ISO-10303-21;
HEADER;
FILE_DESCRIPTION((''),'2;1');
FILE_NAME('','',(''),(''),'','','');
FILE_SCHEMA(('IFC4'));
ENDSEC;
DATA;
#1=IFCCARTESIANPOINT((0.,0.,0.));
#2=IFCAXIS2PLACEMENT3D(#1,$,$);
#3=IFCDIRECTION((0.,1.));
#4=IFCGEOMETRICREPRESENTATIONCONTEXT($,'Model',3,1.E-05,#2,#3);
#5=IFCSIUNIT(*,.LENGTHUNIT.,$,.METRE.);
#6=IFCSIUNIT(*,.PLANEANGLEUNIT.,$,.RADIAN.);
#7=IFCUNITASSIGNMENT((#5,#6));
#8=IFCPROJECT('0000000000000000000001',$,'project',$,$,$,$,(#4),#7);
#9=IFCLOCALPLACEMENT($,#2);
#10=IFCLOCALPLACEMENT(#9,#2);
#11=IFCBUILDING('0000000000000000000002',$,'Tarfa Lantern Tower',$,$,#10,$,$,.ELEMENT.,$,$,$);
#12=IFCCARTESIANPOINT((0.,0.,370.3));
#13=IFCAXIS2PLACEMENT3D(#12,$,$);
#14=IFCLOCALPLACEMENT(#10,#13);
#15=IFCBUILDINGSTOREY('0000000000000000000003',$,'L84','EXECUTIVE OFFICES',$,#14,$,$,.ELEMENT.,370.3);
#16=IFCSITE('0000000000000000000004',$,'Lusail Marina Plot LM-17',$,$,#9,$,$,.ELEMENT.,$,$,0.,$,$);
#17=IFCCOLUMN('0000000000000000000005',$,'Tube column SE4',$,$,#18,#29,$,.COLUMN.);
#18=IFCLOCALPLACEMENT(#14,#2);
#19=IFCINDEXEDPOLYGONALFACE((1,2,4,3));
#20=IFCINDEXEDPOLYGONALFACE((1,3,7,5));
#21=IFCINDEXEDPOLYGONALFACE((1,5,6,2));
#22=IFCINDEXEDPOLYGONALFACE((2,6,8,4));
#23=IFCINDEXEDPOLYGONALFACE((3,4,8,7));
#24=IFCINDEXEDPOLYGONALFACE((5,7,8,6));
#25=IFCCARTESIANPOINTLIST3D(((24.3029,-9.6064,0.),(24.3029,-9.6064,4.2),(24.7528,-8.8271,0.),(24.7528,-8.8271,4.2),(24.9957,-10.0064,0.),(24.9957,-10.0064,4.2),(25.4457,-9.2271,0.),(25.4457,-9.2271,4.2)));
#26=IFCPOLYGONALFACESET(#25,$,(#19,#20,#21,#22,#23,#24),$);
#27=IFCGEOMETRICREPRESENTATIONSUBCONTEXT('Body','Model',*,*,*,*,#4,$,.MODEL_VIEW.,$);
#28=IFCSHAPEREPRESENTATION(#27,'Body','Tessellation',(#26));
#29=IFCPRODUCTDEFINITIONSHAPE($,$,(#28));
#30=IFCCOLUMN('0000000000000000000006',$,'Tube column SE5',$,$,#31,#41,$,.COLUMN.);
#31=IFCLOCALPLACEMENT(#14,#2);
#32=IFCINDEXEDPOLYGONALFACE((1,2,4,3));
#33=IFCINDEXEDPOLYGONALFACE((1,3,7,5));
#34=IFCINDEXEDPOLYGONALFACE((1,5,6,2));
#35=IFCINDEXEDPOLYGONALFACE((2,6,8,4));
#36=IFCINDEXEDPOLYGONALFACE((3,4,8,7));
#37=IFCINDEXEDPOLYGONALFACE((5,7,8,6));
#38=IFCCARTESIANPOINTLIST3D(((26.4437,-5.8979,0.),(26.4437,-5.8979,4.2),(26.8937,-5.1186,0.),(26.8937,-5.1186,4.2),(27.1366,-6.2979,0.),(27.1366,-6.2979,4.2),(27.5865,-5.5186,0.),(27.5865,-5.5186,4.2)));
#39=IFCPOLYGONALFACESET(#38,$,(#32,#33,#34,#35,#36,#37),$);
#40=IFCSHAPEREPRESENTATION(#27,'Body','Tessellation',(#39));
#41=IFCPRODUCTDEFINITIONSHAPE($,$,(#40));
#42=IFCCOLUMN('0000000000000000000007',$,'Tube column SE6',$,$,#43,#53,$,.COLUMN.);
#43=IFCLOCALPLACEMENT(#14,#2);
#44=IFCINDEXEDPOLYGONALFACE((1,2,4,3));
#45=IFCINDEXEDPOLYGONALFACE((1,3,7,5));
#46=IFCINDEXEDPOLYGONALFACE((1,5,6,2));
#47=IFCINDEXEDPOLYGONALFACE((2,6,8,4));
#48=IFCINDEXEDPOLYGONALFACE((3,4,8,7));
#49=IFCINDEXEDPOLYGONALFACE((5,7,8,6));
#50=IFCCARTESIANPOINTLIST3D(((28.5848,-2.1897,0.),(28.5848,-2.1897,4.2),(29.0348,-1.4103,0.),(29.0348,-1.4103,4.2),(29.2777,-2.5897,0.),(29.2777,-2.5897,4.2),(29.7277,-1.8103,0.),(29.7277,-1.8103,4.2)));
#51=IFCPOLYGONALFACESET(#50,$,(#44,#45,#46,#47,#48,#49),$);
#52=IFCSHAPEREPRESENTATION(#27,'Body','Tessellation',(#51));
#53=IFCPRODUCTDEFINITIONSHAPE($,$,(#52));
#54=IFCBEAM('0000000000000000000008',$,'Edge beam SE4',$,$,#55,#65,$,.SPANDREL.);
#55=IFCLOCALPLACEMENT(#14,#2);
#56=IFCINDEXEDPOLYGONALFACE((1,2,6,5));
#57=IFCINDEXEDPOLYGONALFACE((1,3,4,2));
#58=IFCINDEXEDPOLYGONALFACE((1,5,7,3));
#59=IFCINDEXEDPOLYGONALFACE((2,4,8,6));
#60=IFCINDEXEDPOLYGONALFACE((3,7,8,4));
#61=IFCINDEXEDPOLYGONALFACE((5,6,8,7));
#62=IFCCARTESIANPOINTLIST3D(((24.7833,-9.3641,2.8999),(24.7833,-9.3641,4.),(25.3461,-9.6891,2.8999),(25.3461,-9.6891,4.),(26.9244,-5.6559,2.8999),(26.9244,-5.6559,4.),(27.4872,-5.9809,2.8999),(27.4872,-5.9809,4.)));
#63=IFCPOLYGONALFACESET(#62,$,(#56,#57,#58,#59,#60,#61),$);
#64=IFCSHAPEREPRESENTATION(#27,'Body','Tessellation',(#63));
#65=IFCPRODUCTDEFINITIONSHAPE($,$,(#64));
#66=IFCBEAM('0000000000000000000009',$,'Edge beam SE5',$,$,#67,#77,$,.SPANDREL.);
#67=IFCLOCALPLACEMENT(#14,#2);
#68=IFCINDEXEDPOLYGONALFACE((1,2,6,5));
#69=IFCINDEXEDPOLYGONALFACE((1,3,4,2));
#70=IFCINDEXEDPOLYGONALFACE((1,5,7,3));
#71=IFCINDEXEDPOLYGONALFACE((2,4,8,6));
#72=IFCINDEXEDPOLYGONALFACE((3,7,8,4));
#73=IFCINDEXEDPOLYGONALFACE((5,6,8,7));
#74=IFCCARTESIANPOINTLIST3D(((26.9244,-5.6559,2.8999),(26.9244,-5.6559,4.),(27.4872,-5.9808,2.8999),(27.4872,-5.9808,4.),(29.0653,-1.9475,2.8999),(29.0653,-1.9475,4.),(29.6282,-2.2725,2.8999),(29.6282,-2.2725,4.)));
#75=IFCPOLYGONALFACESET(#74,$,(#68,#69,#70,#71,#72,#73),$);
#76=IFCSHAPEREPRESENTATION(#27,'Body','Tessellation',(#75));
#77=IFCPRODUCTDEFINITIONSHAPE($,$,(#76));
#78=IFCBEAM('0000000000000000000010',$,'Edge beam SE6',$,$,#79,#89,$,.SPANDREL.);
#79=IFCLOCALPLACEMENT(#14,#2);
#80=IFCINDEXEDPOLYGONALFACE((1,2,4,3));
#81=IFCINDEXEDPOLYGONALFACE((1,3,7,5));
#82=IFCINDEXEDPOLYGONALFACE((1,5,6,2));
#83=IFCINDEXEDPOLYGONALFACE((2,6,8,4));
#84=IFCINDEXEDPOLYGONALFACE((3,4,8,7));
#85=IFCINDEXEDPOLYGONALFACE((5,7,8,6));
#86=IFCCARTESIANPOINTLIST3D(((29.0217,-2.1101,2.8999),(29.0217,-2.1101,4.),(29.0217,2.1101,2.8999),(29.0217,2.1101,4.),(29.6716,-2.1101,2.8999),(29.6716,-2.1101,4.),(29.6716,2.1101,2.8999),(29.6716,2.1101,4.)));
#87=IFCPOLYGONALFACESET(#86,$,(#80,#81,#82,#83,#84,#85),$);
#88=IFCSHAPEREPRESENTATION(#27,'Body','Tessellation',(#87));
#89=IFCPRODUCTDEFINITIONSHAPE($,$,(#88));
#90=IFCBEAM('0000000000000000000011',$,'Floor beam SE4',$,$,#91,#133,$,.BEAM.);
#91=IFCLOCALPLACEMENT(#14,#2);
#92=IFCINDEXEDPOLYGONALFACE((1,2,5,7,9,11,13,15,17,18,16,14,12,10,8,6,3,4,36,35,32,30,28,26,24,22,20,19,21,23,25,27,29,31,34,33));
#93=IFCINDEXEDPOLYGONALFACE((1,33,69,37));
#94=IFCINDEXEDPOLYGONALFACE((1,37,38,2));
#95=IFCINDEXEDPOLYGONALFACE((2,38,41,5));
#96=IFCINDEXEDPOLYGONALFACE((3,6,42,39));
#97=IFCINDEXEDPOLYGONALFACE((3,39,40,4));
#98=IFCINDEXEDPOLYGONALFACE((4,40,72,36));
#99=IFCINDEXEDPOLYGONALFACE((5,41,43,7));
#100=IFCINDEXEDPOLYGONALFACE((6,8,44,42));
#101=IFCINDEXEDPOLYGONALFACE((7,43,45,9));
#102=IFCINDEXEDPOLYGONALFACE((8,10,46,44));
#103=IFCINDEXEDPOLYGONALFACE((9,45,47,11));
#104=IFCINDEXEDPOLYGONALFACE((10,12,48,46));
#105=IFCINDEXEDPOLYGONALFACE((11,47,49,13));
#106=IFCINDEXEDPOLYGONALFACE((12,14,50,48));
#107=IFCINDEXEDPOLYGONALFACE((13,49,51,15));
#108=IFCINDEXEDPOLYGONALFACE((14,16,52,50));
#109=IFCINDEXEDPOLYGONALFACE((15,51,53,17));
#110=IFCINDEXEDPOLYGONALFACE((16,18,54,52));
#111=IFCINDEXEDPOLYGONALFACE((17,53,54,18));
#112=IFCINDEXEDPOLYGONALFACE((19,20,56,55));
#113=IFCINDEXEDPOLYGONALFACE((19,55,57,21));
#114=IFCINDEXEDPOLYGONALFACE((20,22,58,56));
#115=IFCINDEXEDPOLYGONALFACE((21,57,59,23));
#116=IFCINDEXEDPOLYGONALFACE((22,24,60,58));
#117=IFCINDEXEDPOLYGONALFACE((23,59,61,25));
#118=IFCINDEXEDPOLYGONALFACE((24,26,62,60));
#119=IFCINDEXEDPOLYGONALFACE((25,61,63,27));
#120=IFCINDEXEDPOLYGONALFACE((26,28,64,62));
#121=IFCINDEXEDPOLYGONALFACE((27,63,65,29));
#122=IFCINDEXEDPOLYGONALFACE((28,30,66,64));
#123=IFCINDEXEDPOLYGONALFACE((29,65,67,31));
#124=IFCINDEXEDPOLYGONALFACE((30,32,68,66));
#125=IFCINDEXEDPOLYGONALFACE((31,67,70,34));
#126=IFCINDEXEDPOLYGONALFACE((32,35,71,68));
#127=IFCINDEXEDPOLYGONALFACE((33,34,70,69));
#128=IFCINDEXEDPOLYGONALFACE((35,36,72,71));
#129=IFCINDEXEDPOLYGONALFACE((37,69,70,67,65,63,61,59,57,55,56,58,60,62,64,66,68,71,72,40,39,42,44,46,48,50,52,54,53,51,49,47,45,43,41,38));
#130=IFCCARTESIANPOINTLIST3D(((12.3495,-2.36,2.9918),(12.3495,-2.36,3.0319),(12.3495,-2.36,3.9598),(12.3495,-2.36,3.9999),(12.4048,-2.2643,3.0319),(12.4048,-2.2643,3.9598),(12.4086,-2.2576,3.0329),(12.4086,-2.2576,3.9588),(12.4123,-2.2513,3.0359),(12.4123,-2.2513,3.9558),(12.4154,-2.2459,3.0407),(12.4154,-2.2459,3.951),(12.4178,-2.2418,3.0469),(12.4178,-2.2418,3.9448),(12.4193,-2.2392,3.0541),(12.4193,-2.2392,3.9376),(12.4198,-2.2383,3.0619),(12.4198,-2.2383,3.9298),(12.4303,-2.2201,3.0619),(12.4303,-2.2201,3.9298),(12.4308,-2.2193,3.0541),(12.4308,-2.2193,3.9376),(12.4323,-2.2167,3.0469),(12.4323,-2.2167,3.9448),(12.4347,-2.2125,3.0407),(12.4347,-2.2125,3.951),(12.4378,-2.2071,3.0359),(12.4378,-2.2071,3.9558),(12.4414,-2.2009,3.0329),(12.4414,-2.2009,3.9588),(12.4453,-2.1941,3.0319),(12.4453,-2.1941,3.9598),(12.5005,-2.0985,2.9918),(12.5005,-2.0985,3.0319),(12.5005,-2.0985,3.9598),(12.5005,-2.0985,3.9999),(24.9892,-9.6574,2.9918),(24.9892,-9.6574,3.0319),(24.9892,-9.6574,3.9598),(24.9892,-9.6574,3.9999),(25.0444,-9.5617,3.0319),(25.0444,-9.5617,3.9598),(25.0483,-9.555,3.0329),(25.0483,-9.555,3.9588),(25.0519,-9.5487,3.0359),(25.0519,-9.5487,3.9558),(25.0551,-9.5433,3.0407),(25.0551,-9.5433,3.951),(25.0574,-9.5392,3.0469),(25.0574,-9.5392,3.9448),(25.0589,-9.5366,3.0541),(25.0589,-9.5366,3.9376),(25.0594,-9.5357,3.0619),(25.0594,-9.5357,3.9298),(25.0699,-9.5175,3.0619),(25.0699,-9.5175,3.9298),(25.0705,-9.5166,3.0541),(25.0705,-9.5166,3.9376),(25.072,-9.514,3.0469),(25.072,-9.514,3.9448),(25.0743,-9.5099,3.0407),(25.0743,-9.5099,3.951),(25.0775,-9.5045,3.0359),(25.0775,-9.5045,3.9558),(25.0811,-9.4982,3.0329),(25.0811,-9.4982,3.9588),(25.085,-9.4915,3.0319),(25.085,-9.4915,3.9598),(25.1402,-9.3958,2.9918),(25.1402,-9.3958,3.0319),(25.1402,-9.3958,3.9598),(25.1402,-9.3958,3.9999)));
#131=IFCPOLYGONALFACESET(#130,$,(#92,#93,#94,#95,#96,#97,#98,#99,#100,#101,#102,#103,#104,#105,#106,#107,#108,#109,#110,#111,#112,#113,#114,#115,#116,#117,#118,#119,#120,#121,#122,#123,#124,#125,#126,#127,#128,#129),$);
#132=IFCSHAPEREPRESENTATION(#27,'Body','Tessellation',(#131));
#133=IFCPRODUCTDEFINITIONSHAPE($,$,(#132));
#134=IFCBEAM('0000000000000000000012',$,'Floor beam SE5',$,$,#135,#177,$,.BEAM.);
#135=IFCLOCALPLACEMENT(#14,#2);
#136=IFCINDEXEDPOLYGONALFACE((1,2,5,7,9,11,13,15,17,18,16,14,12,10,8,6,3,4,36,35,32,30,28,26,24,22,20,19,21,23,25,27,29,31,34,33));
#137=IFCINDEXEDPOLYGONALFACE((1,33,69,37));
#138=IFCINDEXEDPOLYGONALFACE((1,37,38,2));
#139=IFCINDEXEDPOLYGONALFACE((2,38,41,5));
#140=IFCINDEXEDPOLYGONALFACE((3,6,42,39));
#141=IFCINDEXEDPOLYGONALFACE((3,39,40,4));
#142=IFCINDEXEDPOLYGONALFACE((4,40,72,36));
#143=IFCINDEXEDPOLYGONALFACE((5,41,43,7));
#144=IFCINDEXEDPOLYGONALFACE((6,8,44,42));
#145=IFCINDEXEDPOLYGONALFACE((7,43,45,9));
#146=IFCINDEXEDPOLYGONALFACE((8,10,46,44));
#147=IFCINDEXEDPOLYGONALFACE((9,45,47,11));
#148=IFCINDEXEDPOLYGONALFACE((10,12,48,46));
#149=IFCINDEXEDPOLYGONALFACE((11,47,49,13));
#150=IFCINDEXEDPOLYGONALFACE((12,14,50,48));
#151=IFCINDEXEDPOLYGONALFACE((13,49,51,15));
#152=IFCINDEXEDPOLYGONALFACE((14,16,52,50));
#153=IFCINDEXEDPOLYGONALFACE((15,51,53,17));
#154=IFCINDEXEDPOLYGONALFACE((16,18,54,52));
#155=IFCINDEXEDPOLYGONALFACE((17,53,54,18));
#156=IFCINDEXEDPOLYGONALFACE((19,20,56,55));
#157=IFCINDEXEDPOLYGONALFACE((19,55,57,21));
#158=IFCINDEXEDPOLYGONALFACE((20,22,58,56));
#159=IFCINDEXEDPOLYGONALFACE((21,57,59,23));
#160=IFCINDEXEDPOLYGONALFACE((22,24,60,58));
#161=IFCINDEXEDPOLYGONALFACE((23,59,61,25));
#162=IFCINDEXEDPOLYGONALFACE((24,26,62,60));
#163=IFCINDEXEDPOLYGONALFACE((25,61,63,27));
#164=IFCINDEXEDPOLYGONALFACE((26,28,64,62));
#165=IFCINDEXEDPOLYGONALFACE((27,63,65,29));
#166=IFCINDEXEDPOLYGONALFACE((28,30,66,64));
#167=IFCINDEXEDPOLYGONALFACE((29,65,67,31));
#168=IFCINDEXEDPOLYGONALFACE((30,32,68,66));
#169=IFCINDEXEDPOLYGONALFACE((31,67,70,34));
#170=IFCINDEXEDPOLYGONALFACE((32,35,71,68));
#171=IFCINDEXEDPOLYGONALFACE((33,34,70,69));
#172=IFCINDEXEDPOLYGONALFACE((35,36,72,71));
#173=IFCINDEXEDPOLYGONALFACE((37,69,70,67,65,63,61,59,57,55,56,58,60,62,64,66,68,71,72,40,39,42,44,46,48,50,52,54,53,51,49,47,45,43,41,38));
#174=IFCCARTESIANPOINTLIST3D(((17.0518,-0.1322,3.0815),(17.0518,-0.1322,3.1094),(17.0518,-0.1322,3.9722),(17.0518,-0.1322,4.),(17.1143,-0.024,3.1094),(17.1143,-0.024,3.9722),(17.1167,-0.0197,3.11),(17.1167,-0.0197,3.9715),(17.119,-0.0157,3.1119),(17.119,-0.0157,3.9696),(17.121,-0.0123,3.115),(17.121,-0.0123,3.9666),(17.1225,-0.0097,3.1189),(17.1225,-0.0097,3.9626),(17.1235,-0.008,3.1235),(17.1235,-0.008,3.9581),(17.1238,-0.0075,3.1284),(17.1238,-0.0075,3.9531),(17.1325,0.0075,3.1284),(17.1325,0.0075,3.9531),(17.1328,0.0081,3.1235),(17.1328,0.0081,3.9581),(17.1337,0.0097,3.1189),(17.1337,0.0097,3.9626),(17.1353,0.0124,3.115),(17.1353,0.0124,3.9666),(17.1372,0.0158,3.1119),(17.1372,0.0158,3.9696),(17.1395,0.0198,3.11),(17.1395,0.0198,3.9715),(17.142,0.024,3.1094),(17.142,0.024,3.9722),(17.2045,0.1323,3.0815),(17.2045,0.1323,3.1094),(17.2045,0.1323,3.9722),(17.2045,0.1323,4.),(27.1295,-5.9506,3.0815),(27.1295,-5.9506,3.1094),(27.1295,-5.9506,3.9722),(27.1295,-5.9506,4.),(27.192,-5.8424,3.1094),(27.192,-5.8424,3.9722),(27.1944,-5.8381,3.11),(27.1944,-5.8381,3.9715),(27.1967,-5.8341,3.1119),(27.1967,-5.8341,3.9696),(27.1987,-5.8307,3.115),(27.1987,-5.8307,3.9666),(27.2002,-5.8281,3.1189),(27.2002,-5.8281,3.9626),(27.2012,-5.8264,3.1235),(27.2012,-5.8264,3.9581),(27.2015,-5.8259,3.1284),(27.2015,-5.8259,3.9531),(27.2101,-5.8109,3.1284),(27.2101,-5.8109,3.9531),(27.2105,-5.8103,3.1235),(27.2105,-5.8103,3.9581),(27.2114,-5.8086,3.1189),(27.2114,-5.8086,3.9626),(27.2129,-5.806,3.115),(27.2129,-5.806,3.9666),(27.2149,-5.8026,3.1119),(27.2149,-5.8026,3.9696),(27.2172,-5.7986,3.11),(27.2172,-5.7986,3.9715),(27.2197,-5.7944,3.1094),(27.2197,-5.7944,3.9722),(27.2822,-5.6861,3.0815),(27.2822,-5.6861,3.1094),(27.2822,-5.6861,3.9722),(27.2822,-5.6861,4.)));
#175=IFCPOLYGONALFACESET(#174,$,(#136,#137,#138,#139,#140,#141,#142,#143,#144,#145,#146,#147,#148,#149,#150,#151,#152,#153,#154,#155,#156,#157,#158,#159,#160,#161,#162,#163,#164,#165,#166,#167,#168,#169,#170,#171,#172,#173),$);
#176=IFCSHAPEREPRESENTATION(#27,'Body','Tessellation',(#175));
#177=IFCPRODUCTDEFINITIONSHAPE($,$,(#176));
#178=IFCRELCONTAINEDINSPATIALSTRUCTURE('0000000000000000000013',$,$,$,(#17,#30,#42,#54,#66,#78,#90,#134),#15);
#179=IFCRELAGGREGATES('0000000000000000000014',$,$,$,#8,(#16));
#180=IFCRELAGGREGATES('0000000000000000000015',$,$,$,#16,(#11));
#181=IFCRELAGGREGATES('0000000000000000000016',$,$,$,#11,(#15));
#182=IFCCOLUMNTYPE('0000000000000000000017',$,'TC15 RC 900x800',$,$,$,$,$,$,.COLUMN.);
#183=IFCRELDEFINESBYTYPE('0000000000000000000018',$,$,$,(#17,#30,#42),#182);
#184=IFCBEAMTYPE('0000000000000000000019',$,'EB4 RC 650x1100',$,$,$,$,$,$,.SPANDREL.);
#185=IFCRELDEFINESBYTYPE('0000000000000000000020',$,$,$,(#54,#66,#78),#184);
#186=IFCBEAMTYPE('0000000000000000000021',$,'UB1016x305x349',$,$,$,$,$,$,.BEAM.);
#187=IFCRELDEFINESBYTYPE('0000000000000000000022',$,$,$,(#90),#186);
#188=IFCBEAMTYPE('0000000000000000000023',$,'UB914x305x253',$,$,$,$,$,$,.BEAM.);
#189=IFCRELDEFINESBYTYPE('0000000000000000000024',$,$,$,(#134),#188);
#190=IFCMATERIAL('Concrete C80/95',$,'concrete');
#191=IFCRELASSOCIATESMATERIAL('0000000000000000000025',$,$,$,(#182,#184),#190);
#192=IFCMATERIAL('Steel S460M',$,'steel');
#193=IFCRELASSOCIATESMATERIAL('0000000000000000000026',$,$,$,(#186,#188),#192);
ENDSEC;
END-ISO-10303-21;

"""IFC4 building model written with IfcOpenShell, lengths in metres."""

from ifc_helpers import new_model, si_unit, direction, frame, origin, origin_2d, place, context, subcontext, project, spatial, rectangle, i_section, extrude, material, material_profile, profile_set, type_object, element, save


model = new_model("IFC4")

# Units and contexts
model_context = context("Model", 3, precision=1e-05, world=origin(), true_north=direction((0.0, 1.0)))
body_context = subcontext(model_context, "Body", "Model", "MODEL_VIEW")
ifc_project = project(units=[si_unit("LENGTHUNIT", "METRE"), si_unit("PLANEANGLEUNIT", "RADIAN")], contexts=[model_context])

# Site, building, storey
site_placement = place(None, origin())
site = spatial("IfcSite", under=ifc_project, at=site_placement, Name="Lusail Marina Plot LM-17", CompositionType="ELEMENT", RefElevation=0.0)
building_placement = place(site_placement, origin())
building = spatial("IfcBuilding", under=site, at=building_placement, Name="Tarfa Lantern Tower", CompositionType="ELEMENT")
storey_placement = place(building_placement, frame((0.0, 0.0, 370.3)))
storey = spatial("IfcBuildingStorey", under=building, at=storey_placement, Name="L84", Description="EXECUTIVE OFFICES", CompositionType="ELEMENT", Elevation=370.3)

# Columns
ifc_material_1 = material(Name="Concrete C80/95", Category="concrete")
ifc_material_profile_1 = material_profile(ifc_material_1, rectangle(XDim=0.8999, YDim=0.8, at=origin_2d()), Name="RC 900x800")
ifc_profile_set_1 = profile_set([ifc_material_profile_1], Name="Concrete C80/95")
column_type = type_object("IfcColumnType", Name="TC15 RC 900x800", PredefinedType="COLUMN", material=ifc_profile_set_1)
for number, where, z_axis, x_axis, name in (
    (1, (24.8743, -9.4167, 0.0), (0.0, 0.0, 1.0), (0.5, 0.866025, 0.0), "Tube column SE4"),
    (2, (27.0151, -5.7083, 0.0), (0.0, 0.0, 1.0), (0.5, 0.866025, 0.0), "Tube column SE5"),
    (3, (29.1562, -2.0, 0.0), (0.0, 0.0, 1.0), (0.5, 0.866025, 0.0), "Tube column SE6"),
):
    element("IfcColumn", number, at=place(storey_placement, frame(where, z_axis=z_axis, x_axis=x_axis)), inside=storey, type_object=column_type, Name=name, PredefinedType="COLUMN", context=body_context, shape_type="SweptSolid", body=[
        extrude(rectangle(XDim=0.8999, YDim=0.8, at=origin_2d()), origin(), (0.0, 0.0, 1.0), 4.2),
    ])

# Beams
ifc_material_profile_2 = material_profile(ifc_material_1, rectangle(XDim=0.6499, YDim=1.1001, at=origin_2d()), Name="RC 650x1100")
ifc_profile_set_2 = profile_set([ifc_material_profile_2], Name="Concrete C80/95")
beam_type_1 = type_object("IfcBeamType", Name="EB4 RC 650x1100", PredefinedType="SPANDREL", material=ifc_profile_set_2)
for number, where, z_axis, x_axis, name in (
    (4, (25.0647, -9.5266, 3.45), (0.500027, 0.86601, 0.0), (-0.86601, 0.500027, 0.0), "Edge beam SE4"),
    (5, (27.2058, -5.8184, 3.45), (0.499984, 0.866035, 0.0), (-0.866035, 0.499984, 0.0), "Edge beam SE5"),
):
    element("IfcBeam", number, at=place(storey_placement, frame(where, z_axis=z_axis, x_axis=x_axis)), inside=storey, type_object=beam_type_1, Name=name, PredefinedType="SPANDREL", context=body_context, shape_type="SweptSolid", body=[
        extrude(rectangle(XDim=0.6499, YDim=1.1001, at=origin_2d()), origin(), (0.0, 0.0, 1.0), 4.282),
    ])
beam_1_placement = place(storey_placement, frame((29.3467, -2.1101, 3.45), z_axis=(0.0, 1.0, 0.0), x_axis=(-1.0, 0.0, 0.0)))
element("IfcBeam", 6, at=beam_1_placement, inside=storey, type_object=beam_type_1, Name="Edge beam SE6", PredefinedType="SPANDREL", context=body_context, shape_type="SweptSolid", body=[
    extrude(rectangle(XDim=0.6499, YDim=1.1001, at=origin_2d()), origin(), (0.0, 0.0, 1.0), 4.2202),
])
ifc_material_2 = material(Name="Steel S460M", Category="steel")
ifc_material_profile_3 = material_profile(ifc_material_2, i_section(OverallWidth=0.302, OverallDepth=1.0081, WebThickness=0.021, FlangeThickness=0.04, FilletRadius=0.03, at=origin_2d()), Name="UB1016x305x349")
ifc_profile_set_3 = profile_set([ifc_material_profile_3], Name="Steel S460M")
beam_type_2 = type_object("IfcBeamType", Name="UB1016x305x349", PredefinedType="BEAM", material=ifc_profile_set_3)
beam_2_placement = place(storey_placement, frame((25.0647, -9.5266, 3.4958), z_axis=(-0.86603, 0.499993, 0.0), x_axis=(-0.499993, -0.86603, 0.0)))
element("IfcBeam", 7, at=beam_2_placement, inside=storey, type_object=beam_type_2, Name="Floor beam SE4", PredefinedType="BEAM", context=body_context, shape_type="SweptSolid", body=[
    extrude(i_section(OverallWidth=0.302, OverallDepth=1.0081, WebThickness=0.021, FlangeThickness=0.04, FilletRadius=0.03, at=origin_2d()), origin(), (0.0, 0.0, 1.0), 14.595),
])
ifc_material_profile_4 = material_profile(ifc_material_2, i_section(OverallWidth=0.3054, OverallDepth=0.9185, WebThickness=0.0173, FlangeThickness=0.0278, FilletRadius=0.019, at=origin_2d()), Name="UB914x305x253")
ifc_profile_set_4 = profile_set([ifc_material_profile_4], Name="Steel S460M")
beam_type_3 = type_object("IfcBeamType", Name="UB914x305x253", PredefinedType="BEAM", material=ifc_profile_set_4)
beam_3_placement = place(storey_placement, frame((27.2058, -5.8184, 3.5408), z_axis=(-0.866024, 0.500002, 0.0), x_axis=(-0.500002, -0.866024, 0.0)))
element("IfcBeam", 8, at=beam_3_placement, inside=storey, type_object=beam_type_3, Name="Floor beam SE5", PredefinedType="BEAM", context=body_context, shape_type="SweptSolid", body=[
    extrude(i_section(OverallWidth=0.3054, OverallDepth=0.9185, WebThickness=0.0173, FlangeThickness=0.0278, FilletRadius=0.019, at=origin_2d()), origin(), (0.0, 0.0, 1.0), 11.6367),
])

save(model, "model.ifc")
